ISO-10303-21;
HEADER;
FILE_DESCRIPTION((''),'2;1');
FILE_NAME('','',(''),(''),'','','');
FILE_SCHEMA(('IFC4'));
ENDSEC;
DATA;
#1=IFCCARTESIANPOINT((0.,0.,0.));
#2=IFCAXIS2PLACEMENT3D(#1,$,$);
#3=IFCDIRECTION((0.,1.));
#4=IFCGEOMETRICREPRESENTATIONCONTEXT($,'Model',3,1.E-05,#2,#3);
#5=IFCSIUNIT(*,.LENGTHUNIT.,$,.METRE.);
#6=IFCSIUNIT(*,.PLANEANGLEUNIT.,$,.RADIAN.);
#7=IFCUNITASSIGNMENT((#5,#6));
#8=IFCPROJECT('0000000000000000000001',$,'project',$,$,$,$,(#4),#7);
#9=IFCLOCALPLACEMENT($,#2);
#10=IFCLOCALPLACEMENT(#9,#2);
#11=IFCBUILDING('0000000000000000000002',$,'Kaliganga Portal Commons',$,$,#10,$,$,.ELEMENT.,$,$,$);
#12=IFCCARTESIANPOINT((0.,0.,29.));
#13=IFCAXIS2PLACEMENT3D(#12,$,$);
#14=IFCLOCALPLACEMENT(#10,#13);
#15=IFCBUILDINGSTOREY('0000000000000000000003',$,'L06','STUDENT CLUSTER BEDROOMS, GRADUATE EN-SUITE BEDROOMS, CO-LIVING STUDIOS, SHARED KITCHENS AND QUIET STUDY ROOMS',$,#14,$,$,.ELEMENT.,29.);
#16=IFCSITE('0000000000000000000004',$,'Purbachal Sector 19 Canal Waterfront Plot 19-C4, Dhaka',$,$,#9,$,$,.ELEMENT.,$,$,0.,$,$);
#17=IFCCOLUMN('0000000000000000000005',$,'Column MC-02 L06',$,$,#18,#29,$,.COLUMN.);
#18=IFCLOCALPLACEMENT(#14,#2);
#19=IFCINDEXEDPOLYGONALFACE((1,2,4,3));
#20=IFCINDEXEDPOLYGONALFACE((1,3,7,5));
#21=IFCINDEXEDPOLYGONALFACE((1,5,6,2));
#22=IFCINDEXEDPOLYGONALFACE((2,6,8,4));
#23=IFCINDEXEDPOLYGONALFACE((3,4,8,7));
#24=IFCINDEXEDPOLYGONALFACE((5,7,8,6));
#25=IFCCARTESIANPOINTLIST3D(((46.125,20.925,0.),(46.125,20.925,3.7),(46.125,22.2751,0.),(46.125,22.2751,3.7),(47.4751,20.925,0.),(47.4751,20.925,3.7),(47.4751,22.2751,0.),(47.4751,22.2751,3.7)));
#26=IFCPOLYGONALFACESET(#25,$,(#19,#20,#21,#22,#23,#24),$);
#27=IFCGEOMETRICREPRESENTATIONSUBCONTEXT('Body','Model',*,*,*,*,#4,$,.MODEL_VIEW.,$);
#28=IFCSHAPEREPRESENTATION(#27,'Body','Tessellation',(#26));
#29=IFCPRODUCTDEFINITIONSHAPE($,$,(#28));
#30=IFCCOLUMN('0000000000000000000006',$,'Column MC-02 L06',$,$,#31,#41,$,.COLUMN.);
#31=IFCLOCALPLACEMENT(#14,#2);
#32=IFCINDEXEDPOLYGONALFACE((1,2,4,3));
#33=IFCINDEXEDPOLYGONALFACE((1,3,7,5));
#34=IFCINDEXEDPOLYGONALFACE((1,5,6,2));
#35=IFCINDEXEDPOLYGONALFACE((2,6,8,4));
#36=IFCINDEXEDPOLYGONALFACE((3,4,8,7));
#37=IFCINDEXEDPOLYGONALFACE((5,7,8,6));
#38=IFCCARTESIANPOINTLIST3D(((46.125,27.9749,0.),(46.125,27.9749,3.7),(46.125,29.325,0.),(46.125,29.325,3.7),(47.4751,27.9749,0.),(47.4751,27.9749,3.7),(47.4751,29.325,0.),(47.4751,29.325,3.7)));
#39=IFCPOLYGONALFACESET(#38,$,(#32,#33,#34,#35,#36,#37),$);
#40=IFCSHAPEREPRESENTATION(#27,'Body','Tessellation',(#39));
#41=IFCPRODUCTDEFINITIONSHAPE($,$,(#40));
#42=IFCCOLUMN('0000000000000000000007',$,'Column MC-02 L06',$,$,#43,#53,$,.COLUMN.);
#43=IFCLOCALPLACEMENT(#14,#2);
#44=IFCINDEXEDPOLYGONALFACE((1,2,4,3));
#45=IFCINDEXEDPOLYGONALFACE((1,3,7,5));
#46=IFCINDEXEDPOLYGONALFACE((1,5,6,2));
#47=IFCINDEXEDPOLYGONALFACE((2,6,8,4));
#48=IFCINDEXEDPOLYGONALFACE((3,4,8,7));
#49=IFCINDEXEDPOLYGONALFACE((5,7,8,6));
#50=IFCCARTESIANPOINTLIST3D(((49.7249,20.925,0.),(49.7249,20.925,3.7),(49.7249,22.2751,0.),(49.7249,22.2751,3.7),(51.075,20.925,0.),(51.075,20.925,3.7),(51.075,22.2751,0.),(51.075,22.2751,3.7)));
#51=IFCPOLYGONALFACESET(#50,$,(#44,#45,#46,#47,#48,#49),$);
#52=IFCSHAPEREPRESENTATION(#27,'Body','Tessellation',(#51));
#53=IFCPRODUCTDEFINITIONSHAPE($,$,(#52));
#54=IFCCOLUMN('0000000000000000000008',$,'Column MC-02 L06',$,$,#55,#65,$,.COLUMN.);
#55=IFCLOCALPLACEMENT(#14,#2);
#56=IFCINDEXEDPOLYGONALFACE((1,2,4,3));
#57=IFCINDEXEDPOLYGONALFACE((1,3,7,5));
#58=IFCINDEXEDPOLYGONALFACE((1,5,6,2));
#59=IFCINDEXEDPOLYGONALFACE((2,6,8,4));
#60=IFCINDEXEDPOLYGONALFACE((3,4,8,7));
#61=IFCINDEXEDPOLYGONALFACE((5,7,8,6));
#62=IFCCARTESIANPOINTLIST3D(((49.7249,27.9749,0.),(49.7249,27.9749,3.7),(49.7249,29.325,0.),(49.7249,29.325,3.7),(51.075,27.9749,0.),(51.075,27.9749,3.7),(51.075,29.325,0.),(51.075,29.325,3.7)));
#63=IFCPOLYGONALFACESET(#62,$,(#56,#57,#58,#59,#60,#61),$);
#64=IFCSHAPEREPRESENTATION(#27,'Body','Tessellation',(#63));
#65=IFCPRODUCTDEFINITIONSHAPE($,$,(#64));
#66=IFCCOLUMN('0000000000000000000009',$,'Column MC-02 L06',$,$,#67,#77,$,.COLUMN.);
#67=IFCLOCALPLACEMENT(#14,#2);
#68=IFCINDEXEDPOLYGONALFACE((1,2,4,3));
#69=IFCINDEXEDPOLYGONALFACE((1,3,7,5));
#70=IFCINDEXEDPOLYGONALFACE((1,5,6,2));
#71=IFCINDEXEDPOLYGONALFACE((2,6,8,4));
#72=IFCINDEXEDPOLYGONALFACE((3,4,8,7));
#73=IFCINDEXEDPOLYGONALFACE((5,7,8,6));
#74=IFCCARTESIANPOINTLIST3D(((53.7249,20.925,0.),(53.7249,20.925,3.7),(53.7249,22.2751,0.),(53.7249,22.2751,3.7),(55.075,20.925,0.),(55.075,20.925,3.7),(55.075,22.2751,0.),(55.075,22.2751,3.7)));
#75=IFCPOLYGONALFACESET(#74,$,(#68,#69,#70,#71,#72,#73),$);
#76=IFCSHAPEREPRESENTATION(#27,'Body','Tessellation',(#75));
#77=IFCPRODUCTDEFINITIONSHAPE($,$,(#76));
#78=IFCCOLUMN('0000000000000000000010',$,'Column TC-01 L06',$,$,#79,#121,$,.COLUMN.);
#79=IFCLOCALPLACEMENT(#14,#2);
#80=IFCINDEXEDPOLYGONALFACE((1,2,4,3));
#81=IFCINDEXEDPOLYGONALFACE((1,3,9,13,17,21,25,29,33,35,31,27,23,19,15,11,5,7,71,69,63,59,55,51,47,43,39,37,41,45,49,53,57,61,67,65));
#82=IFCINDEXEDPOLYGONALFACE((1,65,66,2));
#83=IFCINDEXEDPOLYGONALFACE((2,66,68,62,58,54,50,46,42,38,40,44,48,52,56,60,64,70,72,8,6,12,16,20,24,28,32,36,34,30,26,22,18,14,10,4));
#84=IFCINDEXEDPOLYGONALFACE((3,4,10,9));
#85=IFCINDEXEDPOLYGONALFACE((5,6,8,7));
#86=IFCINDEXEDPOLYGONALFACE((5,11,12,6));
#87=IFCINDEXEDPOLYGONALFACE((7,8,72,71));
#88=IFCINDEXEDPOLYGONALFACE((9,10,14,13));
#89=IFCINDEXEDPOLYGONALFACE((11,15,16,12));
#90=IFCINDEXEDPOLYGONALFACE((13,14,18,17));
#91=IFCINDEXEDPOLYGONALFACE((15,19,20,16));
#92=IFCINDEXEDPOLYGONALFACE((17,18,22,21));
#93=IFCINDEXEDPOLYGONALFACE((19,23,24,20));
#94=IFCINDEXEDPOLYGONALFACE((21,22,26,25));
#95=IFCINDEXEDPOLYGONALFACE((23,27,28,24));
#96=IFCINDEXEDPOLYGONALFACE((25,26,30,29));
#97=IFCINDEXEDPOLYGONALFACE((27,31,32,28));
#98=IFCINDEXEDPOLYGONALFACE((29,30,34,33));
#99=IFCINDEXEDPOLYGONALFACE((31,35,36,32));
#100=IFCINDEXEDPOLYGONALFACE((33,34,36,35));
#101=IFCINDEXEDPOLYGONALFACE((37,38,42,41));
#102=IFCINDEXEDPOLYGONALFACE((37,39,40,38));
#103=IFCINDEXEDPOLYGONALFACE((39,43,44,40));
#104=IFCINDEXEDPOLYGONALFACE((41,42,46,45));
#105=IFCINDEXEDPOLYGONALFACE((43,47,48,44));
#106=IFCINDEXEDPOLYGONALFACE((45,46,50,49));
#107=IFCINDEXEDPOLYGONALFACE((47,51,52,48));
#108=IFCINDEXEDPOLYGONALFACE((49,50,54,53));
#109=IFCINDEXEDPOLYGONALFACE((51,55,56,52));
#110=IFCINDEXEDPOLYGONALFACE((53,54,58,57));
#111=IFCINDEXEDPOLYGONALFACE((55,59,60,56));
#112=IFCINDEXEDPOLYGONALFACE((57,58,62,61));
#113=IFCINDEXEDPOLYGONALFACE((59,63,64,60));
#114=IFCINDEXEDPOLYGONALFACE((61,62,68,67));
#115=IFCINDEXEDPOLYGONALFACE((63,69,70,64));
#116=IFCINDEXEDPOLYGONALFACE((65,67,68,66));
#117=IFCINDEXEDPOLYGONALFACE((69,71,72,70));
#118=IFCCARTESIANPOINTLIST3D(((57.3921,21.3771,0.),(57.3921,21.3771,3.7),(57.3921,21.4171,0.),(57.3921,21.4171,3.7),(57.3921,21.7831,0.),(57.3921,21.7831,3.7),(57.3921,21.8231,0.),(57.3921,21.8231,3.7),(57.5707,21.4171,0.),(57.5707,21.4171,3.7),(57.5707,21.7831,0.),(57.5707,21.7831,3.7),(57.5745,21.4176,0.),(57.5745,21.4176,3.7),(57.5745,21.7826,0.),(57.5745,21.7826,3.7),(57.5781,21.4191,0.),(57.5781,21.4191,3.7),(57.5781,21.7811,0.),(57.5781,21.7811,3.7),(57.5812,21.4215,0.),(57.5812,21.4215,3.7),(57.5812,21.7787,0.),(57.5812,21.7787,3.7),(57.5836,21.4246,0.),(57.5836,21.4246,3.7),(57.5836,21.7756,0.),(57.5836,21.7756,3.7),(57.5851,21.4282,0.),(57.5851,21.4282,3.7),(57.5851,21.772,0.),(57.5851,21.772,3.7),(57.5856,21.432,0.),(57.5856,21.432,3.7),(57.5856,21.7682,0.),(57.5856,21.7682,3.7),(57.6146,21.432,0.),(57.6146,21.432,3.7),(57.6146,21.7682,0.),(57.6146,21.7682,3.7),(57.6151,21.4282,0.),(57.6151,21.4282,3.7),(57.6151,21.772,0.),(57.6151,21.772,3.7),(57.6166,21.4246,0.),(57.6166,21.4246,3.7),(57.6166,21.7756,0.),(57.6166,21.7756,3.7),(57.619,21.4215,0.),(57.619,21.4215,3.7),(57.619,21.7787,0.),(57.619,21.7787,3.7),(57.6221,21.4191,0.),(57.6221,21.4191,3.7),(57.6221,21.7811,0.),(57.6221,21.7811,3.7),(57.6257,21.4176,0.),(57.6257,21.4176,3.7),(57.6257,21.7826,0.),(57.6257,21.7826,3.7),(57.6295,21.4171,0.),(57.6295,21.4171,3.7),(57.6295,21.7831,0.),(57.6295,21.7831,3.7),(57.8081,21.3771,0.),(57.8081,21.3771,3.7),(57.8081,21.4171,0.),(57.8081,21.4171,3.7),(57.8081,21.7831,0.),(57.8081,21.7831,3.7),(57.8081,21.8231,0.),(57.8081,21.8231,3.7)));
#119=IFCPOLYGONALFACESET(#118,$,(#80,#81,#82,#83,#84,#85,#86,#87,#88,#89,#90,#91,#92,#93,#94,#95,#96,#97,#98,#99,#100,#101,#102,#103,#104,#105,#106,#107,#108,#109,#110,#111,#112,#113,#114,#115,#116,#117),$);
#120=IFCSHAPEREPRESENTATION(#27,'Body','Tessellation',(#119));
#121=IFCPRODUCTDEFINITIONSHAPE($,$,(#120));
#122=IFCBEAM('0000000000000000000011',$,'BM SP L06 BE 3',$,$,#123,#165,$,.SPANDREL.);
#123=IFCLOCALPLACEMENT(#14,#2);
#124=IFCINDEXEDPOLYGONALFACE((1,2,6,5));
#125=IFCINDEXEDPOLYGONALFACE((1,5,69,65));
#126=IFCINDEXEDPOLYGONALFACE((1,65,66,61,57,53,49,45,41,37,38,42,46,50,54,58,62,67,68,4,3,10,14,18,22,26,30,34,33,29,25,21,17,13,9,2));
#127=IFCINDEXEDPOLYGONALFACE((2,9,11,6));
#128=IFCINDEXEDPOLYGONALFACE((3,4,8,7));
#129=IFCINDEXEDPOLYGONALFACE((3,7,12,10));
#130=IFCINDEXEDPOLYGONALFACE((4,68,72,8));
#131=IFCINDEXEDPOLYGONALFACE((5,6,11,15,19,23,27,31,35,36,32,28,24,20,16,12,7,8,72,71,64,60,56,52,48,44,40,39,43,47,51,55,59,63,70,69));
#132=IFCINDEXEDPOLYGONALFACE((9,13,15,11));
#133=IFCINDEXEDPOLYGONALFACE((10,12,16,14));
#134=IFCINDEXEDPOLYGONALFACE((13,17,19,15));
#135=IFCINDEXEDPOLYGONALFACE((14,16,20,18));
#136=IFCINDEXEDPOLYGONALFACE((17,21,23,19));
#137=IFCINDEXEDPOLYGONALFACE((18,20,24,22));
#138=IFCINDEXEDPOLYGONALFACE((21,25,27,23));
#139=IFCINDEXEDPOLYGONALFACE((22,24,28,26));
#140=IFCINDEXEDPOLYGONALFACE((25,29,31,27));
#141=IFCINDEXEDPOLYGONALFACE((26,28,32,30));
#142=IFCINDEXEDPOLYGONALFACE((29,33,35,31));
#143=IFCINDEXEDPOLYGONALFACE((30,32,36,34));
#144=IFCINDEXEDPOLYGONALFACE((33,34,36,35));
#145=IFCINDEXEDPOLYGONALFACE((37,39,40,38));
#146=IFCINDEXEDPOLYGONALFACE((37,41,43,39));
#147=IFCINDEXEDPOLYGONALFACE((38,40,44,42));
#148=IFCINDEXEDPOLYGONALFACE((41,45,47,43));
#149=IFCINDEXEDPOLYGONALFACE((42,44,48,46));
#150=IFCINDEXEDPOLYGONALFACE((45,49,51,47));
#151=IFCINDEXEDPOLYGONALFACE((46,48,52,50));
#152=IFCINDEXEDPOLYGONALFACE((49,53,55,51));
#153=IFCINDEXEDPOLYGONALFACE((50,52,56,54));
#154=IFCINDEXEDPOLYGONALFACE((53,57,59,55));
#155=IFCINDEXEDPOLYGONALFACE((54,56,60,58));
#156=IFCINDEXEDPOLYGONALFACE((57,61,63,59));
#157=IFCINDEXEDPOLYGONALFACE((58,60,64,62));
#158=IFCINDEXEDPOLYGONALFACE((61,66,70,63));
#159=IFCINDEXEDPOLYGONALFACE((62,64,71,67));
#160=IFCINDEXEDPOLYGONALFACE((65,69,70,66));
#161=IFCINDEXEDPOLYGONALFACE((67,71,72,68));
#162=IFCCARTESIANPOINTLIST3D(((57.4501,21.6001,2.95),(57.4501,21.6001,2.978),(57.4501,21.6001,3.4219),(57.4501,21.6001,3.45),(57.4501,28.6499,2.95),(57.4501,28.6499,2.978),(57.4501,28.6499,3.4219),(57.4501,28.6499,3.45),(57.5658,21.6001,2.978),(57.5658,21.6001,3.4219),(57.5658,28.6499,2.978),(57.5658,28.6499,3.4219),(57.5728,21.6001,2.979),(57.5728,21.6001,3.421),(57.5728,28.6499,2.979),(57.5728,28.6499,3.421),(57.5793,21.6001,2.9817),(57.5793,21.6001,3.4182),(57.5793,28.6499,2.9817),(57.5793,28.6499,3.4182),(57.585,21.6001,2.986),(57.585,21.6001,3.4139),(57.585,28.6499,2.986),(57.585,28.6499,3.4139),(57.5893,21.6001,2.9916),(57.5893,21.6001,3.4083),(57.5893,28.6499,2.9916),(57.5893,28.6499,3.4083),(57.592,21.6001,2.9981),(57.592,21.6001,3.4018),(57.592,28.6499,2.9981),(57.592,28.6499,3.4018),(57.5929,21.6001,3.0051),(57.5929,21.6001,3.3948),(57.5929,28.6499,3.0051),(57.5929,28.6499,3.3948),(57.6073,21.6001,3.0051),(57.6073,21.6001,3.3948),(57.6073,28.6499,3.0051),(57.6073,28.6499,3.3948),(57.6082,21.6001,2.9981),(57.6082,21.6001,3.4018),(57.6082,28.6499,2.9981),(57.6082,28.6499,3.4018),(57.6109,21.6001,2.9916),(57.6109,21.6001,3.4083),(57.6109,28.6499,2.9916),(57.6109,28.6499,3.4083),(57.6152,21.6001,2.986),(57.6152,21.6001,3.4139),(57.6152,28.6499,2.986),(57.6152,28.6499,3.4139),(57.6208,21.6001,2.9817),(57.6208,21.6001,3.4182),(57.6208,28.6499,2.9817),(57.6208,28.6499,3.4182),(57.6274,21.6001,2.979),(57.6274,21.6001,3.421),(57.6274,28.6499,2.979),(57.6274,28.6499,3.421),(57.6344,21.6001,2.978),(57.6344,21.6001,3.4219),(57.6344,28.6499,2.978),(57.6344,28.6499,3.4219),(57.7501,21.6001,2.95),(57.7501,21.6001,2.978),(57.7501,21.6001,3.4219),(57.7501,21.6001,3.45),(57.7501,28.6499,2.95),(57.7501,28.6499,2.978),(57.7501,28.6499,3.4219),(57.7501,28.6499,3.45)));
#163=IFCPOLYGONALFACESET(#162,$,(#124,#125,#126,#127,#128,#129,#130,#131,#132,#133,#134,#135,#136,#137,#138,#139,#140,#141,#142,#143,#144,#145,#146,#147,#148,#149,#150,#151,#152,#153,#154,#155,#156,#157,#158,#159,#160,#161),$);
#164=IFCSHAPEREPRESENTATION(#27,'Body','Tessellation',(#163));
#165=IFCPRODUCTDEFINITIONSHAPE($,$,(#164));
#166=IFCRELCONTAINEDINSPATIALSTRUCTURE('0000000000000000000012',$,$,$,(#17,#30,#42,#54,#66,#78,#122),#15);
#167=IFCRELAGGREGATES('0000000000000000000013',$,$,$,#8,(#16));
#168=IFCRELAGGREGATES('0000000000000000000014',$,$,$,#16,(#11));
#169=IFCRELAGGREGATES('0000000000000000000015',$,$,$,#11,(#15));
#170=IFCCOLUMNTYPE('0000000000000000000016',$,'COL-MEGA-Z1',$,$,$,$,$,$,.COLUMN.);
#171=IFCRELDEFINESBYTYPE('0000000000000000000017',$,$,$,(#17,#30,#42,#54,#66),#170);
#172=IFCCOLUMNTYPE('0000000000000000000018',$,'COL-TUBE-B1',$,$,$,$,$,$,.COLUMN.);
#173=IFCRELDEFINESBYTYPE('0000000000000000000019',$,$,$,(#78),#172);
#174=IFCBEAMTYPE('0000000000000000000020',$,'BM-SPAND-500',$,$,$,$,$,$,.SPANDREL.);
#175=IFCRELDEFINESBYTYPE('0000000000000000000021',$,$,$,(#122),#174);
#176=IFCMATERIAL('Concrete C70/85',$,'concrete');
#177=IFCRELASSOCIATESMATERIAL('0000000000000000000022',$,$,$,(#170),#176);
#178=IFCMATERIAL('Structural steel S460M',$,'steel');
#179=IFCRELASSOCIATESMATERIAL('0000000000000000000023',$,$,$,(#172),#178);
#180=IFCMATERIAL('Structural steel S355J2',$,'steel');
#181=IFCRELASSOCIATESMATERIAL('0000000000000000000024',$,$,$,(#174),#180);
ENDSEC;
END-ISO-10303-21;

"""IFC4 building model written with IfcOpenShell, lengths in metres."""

from ifc_helpers import new_model, si_unit, direction, frame, origin, origin_2d, place, context, subcontext, project, spatial, rectangle, i_section, extrude, source, transform, mapped, material, material_profile, profile_set, type_object, element, save


model = new_model("IFC4")

# Units and contexts
model_context = context("Model", 3, precision=1e-05, world=origin(), true_north=direction((0.0, 1.0)))
body_context = subcontext(model_context, "Body", "Model", "MODEL_VIEW")
ifc_project = project(units=[si_unit("LENGTHUNIT", "METRE"), si_unit("PLANEANGLEUNIT", "RADIAN")], contexts=[model_context])

# Site, building, storey
site_placement = place(None, origin())
site = spatial("IfcSite", under=ifc_project, at=site_placement, Name="Purbachal Sector 19 Canal Waterfront Plot 19-C4, Dhaka", CompositionType="ELEMENT", RefElevation=0.0)
building_placement = place(site_placement, origin())
building = spatial("IfcBuilding", under=site, at=building_placement, Name="Kaliganga Portal Commons", CompositionType="ELEMENT")
storey_placement = place(building_placement, frame((0.0, 0.0, 29.0)))
storey = spatial("IfcBuildingStorey", under=building, at=storey_placement, Name="L06", Description="STUDENT CLUSTER BEDROOMS, GRADUATE EN-SUITE BEDROOMS, CO-LIVING STUDIOS, SHARED KITCHENS AND QUIET STUDY ROOMS", CompositionType="ELEMENT", Elevation=29.0)

# Columns
ifc_material_1 = material(Name="Concrete C70/85", Category="concrete")
ifc_material_profile_1 = material_profile(ifc_material_1, rectangle(XDim=1.3501, YDim=1.3501, at=origin_2d()), Name="RC 1350x1350")
ifc_profile_set_1 = profile_set([ifc_material_profile_1], Name="Concrete C70/85")
column_type_1 = type_object("IfcColumnType", Name="COL-MEGA-Z1", PredefinedType="COLUMN", material=ifc_profile_set_1)
shared_shape_1 = source(origin(), body_context, "Body", "SweptSolid", [
    extrude(rectangle(XDim=1.3501, YDim=1.3501, at=origin_2d()), origin(), (0.0, 0.0, 1.0), 3.7),
])
for number, where, z_axis, x_axis, name in (
    (1, (46.8, 21.6001, 0.0), (0.0, 0.0, 1.0), (1.0, 0.0, 0.0), "Column MC-02 L06"),
    (2, (46.8, 28.6499, 0.0), (0.0, 0.0, 1.0), (1.0, 0.0, 0.0), "Column MC-02 L06"),
    (3, (50.3999, 21.6001, 0.0), (0.0, 0.0, 1.0), (1.0, 0.0, 0.0), "Column MC-02 L06"),
    (4, (50.3999, 28.6499, 0.0), (0.0, 0.0, 1.0), (1.0, 0.0, 0.0), "Column MC-02 L06"),
    (5, (54.3999, 21.6001, 0.0), (0.0, 0.0, 1.0), (1.0, 0.0, 0.0), "Column MC-02 L06"),
):
    element("IfcColumn", number, at=place(storey_placement, frame(where, z_axis=z_axis, x_axis=x_axis)), inside=storey, type_object=column_type_1, Name=name, PredefinedType="COLUMN", context=body_context, shape_type="MappedRepresentation", body=[
        mapped(shared_shape_1, transform((0.0, 0.0, 0.0), x_axis=(1.0, 0.0, 0.0), y_axis=(0.0, 1.0, 0.0), z_axis=(0.0, 0.0, 1.0), scale=1.0)),
    ])
ifc_material_2 = material(Name="Structural steel S460M", Category="steel")
ifc_material_profile_2 = material_profile(ifc_material_2, i_section(OverallWidth=0.416, OverallDepth=0.446, WebThickness=0.0291, FlangeThickness=0.04, FilletRadius=0.0149, at=origin_2d()), Name="HD 400x509")
ifc_profile_set_2 = profile_set([ifc_material_profile_2], Name="Structural steel S460M wide-flange")
column_type_2 = type_object("IfcColumnType", Name="COL-TUBE-B1", PredefinedType="COLUMN", material=ifc_profile_set_2)
shared_shape_2 = source(origin(), body_context, "Body", "SweptSolid", [
    extrude(i_section(OverallWidth=0.416, OverallDepth=0.446, WebThickness=0.0291, FlangeThickness=0.04, FilletRadius=0.0149, at=origin_2d()), origin(), (0.0, 0.0, 1.0), 3.7),
])
column_placement = place(storey_placement, frame((57.6001, 21.6001, 0.0), z_axis=(0.0, 0.0, 1.0), x_axis=(1.0, 0.0, 0.0)))
element("IfcColumn", 6, at=column_placement, inside=storey, type_object=column_type_2, Name="Column TC-01 L06", PredefinedType="COLUMN", context=body_context, shape_type="MappedRepresentation", body=[
    mapped(shared_shape_2, transform((0.0, 0.0, 0.0), x_axis=(1.0, 0.0, 0.0), y_axis=(0.0, 1.0, 0.0), z_axis=(0.0, 0.0, 1.0), scale=1.0)),
])

# Beam
ifc_material_3 = material(Name="Structural steel S355J2", Category="steel")
ifc_material_profile_3 = material_profile(ifc_material_3, i_section(OverallWidth=0.3, OverallDepth=0.5, WebThickness=0.0144, FlangeThickness=0.0281, FilletRadius=0.0271, at=origin_2d()), Name="HE 500 B")
ifc_profile_set_3 = profile_set([ifc_material_profile_3], Name="Structural steel S355J2 wide-flange")
beam_type_1 = type_object("IfcBeamType", Name="BM-SPAND-500", PredefinedType="SPANDREL", material=ifc_profile_set_3)
shared_shape_3 = source(origin(), body_context, "Body", "SweptSolid", [
    extrude(i_section(OverallWidth=0.3, OverallDepth=0.5, WebThickness=0.0144, FlangeThickness=0.0281, FilletRadius=0.0271, at=origin_2d()), origin(), (0.0, 0.0, 1.0), 7.0498),
])
beam_1_placement = place(storey_placement, frame((57.6001, 21.6001, 3.2), z_axis=(0.0, 1.0, 0.0), x_axis=(-1.0, 0.0, 0.0)))
element("IfcBeam", 7, at=beam_1_placement, inside=storey, type_object=beam_type_1, Name="BM SP L06 BE 3", PredefinedType="SPANDREL", context=body_context, shape_type="MappedRepresentation", body=[
    mapped(shared_shape_3, transform((0.0, 0.0, 0.0), x_axis=(1.0, 0.0, 0.0), y_axis=(0.0, 1.0, 0.0), z_axis=(0.0, 0.0, 1.0), scale=1.0)),
])

save(model, "model.ifc")
